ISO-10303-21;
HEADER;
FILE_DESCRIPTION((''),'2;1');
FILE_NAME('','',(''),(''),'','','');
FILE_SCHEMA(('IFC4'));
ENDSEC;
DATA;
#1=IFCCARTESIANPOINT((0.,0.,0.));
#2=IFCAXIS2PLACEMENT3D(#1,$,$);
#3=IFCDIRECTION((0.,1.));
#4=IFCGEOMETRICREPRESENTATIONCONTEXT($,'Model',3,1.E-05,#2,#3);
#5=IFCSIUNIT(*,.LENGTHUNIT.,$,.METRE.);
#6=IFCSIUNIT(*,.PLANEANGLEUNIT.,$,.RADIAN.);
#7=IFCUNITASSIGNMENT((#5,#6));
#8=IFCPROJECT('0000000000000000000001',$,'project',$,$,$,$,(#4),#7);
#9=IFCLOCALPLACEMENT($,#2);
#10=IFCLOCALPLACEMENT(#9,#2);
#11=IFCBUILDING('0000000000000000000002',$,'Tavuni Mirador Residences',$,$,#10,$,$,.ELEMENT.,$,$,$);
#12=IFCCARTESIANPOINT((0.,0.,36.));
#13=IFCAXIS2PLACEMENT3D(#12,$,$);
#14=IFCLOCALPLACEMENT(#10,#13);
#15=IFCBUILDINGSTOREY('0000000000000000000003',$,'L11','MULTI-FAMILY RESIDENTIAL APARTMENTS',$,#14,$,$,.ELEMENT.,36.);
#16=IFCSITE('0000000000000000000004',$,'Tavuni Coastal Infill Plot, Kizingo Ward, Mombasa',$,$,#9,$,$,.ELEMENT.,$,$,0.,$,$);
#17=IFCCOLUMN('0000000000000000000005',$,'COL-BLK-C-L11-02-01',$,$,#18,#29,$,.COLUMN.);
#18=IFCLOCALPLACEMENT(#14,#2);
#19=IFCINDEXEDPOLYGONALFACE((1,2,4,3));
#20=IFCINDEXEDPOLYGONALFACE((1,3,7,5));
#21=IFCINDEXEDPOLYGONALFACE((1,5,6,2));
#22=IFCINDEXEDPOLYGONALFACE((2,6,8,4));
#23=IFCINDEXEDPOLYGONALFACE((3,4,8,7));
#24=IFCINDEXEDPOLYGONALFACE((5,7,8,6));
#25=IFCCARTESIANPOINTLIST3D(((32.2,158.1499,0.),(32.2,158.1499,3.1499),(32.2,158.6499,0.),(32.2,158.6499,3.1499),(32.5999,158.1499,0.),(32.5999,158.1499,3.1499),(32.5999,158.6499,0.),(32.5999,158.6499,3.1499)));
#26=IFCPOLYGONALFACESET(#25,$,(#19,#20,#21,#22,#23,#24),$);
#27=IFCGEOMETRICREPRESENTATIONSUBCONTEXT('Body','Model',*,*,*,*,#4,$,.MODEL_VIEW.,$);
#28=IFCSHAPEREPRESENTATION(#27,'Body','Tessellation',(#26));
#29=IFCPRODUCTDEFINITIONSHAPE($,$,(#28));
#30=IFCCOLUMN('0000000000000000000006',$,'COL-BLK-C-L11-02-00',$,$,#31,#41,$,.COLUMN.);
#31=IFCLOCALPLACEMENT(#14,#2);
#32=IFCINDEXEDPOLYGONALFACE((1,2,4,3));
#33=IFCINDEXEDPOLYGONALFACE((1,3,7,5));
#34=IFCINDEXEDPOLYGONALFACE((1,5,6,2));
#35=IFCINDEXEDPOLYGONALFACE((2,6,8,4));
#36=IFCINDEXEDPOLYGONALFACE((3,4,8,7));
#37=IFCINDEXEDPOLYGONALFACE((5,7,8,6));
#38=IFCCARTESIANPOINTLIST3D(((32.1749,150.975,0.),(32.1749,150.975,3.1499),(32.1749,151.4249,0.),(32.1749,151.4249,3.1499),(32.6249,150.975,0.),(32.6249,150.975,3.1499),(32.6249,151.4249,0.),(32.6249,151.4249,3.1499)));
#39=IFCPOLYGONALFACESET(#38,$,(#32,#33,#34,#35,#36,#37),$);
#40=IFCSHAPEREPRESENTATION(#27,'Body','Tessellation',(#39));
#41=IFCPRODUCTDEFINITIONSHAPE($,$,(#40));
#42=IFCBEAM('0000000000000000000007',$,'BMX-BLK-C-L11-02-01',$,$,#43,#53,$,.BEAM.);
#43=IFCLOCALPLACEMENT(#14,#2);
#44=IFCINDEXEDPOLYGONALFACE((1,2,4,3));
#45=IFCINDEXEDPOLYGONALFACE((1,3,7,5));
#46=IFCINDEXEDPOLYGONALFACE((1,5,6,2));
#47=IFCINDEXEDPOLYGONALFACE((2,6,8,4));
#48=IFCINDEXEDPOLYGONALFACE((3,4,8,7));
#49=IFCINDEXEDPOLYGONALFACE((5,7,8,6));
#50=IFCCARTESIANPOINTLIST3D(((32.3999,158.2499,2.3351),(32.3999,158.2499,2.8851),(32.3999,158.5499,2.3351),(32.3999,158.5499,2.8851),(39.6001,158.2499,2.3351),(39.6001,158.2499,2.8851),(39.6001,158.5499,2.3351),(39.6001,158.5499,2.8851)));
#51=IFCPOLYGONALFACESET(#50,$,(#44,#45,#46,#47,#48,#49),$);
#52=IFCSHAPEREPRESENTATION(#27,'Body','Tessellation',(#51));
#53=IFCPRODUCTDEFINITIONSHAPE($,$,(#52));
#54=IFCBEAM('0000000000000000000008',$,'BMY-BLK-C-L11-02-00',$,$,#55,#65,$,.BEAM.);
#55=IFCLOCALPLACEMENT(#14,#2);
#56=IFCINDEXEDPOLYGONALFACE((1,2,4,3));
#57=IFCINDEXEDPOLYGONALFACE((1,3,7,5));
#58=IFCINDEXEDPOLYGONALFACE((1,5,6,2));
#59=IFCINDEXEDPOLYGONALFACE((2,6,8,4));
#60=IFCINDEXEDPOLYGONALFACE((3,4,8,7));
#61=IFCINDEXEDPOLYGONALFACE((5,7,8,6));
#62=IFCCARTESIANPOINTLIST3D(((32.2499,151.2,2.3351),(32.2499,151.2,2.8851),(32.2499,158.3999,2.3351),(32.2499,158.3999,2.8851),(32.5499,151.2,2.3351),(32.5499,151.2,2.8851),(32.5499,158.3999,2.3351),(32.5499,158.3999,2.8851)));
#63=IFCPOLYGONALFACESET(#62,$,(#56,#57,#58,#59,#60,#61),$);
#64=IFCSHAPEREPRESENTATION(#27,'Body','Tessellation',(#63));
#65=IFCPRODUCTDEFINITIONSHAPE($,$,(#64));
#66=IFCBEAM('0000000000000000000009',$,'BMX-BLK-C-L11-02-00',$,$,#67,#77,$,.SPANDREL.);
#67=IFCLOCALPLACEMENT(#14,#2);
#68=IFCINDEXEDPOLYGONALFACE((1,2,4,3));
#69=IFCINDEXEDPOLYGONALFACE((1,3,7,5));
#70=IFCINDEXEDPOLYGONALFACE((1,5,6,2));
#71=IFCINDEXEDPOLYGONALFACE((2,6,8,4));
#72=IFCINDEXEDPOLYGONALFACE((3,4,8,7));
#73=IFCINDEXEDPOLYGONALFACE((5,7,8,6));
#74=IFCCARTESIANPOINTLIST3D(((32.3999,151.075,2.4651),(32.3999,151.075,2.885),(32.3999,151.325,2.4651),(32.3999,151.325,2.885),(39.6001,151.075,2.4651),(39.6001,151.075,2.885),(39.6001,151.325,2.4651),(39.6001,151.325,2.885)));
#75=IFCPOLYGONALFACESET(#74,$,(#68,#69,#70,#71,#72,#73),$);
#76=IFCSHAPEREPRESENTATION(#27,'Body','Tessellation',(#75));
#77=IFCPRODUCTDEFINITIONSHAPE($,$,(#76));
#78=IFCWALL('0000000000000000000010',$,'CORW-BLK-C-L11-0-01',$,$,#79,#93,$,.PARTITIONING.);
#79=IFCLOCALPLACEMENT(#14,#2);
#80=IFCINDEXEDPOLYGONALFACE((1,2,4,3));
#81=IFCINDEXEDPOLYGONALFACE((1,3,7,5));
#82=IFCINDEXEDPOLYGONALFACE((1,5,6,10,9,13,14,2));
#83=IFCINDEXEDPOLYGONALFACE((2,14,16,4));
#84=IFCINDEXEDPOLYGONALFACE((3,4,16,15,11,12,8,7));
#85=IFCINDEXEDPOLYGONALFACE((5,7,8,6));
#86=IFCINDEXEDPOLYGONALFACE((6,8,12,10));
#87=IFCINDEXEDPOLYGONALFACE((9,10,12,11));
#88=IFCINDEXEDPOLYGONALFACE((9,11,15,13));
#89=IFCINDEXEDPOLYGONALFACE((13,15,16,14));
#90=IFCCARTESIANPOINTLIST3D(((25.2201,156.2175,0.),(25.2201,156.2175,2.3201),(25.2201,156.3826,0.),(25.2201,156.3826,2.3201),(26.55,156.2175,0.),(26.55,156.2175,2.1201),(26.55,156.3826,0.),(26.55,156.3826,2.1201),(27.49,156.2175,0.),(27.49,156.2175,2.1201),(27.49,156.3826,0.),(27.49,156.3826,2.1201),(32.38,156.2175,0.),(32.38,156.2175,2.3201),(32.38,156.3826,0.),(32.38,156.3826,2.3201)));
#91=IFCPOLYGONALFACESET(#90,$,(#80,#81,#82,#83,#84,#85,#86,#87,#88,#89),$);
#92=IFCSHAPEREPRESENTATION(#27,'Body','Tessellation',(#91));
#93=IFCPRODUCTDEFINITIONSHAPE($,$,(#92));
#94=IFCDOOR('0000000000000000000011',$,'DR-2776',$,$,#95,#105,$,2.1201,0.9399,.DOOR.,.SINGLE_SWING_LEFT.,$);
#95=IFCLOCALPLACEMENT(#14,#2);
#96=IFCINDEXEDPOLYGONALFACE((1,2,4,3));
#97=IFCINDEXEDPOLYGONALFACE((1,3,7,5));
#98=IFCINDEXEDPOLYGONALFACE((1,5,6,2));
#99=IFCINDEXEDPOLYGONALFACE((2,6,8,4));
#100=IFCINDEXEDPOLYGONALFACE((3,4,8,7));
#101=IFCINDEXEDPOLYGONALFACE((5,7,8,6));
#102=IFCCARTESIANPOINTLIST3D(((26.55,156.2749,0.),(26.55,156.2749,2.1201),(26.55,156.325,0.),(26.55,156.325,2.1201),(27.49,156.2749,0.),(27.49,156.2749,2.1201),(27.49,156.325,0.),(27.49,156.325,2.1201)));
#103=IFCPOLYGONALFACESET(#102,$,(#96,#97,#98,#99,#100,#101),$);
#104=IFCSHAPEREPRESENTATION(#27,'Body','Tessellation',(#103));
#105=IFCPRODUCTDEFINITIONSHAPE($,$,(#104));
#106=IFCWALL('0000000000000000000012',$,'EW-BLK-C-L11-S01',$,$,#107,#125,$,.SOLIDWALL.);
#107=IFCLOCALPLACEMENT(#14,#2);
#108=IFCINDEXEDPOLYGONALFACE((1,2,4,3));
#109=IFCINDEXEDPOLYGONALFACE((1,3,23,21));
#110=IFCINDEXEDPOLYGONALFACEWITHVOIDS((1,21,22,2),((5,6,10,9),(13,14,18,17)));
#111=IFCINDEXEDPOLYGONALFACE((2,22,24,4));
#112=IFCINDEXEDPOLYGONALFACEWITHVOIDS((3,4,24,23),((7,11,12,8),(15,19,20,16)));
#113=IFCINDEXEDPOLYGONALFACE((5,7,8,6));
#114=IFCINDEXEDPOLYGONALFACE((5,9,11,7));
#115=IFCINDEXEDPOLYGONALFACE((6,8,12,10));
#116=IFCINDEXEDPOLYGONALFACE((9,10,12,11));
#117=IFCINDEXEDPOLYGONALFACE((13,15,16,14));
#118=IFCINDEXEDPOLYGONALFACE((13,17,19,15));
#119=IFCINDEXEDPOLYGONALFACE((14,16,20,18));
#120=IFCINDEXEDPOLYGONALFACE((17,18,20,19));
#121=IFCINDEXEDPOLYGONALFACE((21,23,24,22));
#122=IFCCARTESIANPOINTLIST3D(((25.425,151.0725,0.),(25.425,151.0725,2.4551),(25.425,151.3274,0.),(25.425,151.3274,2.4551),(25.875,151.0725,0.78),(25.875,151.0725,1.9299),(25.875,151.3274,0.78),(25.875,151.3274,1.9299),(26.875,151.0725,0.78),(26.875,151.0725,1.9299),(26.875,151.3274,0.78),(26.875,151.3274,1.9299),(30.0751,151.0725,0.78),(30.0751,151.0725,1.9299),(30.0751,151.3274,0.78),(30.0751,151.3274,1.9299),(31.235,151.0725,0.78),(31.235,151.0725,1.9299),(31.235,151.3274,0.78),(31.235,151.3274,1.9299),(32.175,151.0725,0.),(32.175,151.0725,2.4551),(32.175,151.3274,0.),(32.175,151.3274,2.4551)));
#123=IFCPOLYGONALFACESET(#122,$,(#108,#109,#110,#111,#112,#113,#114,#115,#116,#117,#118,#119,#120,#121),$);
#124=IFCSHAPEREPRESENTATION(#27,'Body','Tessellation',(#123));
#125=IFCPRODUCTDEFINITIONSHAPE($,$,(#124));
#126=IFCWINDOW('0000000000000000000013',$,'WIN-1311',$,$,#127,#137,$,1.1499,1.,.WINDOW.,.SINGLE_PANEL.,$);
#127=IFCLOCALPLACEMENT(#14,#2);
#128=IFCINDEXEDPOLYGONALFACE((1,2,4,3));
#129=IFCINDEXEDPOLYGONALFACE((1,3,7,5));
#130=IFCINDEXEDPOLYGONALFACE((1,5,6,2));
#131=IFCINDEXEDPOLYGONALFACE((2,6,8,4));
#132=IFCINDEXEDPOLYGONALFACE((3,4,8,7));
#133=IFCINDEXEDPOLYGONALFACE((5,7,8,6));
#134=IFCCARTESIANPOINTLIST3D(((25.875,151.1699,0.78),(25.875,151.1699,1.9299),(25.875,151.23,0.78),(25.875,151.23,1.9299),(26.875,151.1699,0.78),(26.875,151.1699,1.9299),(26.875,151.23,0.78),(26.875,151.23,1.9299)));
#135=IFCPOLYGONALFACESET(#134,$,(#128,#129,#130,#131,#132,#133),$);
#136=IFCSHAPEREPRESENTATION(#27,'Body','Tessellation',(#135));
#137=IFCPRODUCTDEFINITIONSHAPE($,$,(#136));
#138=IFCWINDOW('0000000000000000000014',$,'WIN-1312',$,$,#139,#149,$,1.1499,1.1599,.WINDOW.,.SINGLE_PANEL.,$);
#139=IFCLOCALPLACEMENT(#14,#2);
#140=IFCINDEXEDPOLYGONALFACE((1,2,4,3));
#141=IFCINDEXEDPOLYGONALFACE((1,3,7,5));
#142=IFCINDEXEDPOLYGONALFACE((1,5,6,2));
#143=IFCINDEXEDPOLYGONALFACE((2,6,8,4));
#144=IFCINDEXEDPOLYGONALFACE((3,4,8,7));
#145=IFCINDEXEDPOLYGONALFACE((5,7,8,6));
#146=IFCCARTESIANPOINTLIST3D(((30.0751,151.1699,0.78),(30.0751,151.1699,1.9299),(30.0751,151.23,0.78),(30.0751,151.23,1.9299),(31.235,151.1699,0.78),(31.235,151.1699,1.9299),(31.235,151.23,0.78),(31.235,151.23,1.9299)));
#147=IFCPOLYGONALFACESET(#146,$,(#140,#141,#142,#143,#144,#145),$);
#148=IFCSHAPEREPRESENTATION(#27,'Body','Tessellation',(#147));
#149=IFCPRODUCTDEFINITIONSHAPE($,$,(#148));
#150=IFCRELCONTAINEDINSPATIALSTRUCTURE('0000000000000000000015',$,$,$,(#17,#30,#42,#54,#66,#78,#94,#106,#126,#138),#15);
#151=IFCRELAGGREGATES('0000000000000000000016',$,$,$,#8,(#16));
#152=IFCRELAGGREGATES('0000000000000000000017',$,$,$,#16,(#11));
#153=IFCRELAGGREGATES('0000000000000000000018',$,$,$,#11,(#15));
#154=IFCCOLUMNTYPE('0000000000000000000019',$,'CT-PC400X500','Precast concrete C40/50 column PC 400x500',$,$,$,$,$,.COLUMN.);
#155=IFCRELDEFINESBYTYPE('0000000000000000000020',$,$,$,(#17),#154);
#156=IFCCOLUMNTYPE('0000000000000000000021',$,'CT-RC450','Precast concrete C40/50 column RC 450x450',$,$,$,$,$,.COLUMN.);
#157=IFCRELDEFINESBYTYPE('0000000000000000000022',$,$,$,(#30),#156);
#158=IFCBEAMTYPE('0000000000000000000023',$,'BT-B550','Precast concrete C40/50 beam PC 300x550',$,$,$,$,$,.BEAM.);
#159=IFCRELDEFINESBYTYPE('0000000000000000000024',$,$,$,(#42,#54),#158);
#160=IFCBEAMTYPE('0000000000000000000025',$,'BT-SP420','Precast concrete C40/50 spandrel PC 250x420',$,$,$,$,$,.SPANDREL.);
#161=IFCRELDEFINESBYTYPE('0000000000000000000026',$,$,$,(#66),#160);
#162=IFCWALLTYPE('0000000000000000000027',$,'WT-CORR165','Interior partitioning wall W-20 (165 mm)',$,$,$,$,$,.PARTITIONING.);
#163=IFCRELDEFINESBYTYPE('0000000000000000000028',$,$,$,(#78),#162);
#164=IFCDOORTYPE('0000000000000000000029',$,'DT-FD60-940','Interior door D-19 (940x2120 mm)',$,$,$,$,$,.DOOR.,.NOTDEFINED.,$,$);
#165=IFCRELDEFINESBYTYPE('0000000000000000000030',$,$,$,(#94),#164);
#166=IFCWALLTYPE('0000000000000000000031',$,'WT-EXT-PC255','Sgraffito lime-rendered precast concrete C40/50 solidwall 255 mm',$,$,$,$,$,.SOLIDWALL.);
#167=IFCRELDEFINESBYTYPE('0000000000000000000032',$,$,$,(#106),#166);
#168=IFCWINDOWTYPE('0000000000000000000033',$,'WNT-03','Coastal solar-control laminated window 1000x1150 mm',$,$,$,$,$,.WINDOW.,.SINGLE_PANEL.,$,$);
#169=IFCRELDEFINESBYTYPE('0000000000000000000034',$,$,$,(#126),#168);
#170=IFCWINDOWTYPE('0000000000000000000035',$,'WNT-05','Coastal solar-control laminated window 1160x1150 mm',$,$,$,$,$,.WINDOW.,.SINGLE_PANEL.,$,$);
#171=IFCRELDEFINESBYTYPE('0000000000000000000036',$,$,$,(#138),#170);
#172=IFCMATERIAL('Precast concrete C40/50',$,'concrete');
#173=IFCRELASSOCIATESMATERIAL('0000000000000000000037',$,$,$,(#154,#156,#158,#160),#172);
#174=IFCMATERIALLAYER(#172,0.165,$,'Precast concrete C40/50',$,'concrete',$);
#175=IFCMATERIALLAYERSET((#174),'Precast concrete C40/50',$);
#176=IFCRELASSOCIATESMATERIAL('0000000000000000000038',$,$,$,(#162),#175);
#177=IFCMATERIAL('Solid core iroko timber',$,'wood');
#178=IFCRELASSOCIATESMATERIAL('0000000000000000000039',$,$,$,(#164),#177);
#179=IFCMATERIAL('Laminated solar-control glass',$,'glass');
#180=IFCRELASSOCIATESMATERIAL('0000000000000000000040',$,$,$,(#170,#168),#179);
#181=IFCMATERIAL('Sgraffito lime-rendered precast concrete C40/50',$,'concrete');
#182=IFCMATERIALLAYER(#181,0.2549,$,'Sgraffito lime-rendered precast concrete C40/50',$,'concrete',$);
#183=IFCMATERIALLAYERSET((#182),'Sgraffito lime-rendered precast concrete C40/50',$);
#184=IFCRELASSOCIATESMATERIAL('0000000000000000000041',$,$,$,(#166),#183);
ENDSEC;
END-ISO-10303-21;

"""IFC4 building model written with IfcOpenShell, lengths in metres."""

from ifc_helpers import new_model, si_unit, direction, frame, frame_2d, origin, origin_2d, place, context, subcontext, project, spatial, rectangle, extrude, material, layer, layer_set, material_profile, profile_set, type_object, element, fill, save


model = new_model("IFC4")

# Units and contexts
model_context = context("Model", 3, precision=1e-05, world=origin(), true_north=direction((0.0, 1.0)))
body_context = subcontext(model_context, "Body", "Model", "MODEL_VIEW")
ifc_project = project(units=[si_unit("LENGTHUNIT", "METRE"), si_unit("PLANEANGLEUNIT", "RADIAN")], contexts=[model_context])

# Site, building, storey
site_placement = place(None, origin())
site = spatial("IfcSite", under=ifc_project, at=site_placement, Name="Tavuni Coastal Infill Plot, Kizingo Ward, Mombasa", CompositionType="ELEMENT", RefElevation=0.0)
building_placement = place(site_placement, origin())
building = spatial("IfcBuilding", under=site, at=building_placement, Name="Tavuni Mirador Residences", CompositionType="ELEMENT")
storey_placement = place(building_placement, frame((0.0, 0.0, 36.0)))
storey = spatial("IfcBuildingStorey", under=building, at=storey_placement, Name="L11", Description="MULTI-FAMILY RESIDENTIAL APARTMENTS", CompositionType="ELEMENT", Elevation=36.0)

# Columns
ifc_material_1 = material(Name="Precast concrete C40/50", Category="concrete")
ifc_material_profile_1 = material_profile(ifc_material_1, rectangle(XDim=0.3999, YDim=0.5, at=origin_2d()), Name="PC 400x500", Category="concrete")
ifc_profile_set_1 = profile_set([ifc_material_profile_1], Name="Precast concrete C40/50")
column_type_1 = type_object("IfcColumnType", Name="CT-PC400X500", Description="Precast concrete C40/50 column PC 400x500", PredefinedType="COLUMN", material=ifc_profile_set_1)
column_1_placement = place(storey_placement, frame((32.3999, 158.3999, 0.0), z_axis=(0.0, 0.0, 1.0), x_axis=(1.0, 0.0, 0.0)))
element("IfcColumn", 1, at=column_1_placement, inside=storey, type_object=column_type_1, Name="COL-BLK-C-L11-02-01", PredefinedType="COLUMN", context=body_context, shape_type="SweptSolid", body=[
    extrude(rectangle(XDim=0.3999, YDim=0.5, at=origin_2d()), origin(), (0.0, 0.0, 1.0), 3.1499),
])
ifc_material_profile_2 = material_profile(ifc_material_1, rectangle(XDim=0.45, YDim=0.45, at=origin_2d()), Name="RC 450x450", Category="concrete")
ifc_profile_set_2 = profile_set([ifc_material_profile_2], Name="Precast concrete C40/50")
column_type_2 = type_object("IfcColumnType", Name="CT-RC450", Description="Precast concrete C40/50 column RC 450x450", PredefinedType="COLUMN", material=ifc_profile_set_2)
column_2_placement = place(storey_placement, frame((32.3999, 151.2, 0.0), z_axis=(0.0, 0.0, 1.0), x_axis=(1.0, 0.0, 0.0)))
element("IfcColumn", 2, at=column_2_placement, inside=storey, type_object=column_type_2, Name="COL-BLK-C-L11-02-00", PredefinedType="COLUMN", context=body_context, shape_type="SweptSolid", body=[
    extrude(rectangle(XDim=0.45, YDim=0.45, at=origin_2d()), origin(), (0.0, 0.0, 1.0), 3.1499),
])

# Beams
ifc_material_profile_3 = material_profile(ifc_material_1, rectangle(XDim=0.3, YDim=0.55, at=origin_2d()), Name="PC 300x550", Category="concrete")
ifc_profile_set_3 = profile_set([ifc_material_profile_3], Name="Precast concrete C40/50")
beam_type_1 = type_object("IfcBeamType", Name="BT-B550", Description="Precast concrete C40/50 beam PC 300x550", PredefinedType="BEAM", material=ifc_profile_set_3)
beam_1_placement = place(storey_placement, frame((32.3999, 158.3999, 2.6101), z_axis=(1.0, 0.0, 0.0), x_axis=(0.0, 1.0, 0.0)))
element("IfcBeam", 3, at=beam_1_placement, inside=storey, type_object=beam_type_1, Name="BMX-BLK-C-L11-02-01", PredefinedType="BEAM", context=body_context, shape_type="SweptSolid", body=[
    extrude(rectangle(XDim=0.3, YDim=0.55, at=origin_2d()), origin(), (0.0, 0.0, 1.0), 7.2002),
])
beam_2_placement = place(storey_placement, frame((32.3999, 151.2, 2.6101), z_axis=(0.0, 1.0, 0.0), x_axis=(-1.0, 0.0, 0.0)))
element("IfcBeam", 4, at=beam_2_placement, inside=storey, type_object=beam_type_1, Name="BMY-BLK-C-L11-02-00", PredefinedType="BEAM", context=body_context, shape_type="SweptSolid", body=[
    extrude(rectangle(XDim=0.3, YDim=0.55, at=origin_2d()), origin(), (0.0, 0.0, 1.0), 7.2),
])
ifc_material_profile_4 = material_profile(ifc_material_1, rectangle(XDim=0.25, YDim=0.4199, at=origin_2d()), Name="PC 250x420", Category="concrete")
ifc_profile_set_4 = profile_set([ifc_material_profile_4], Name="Precast concrete C40/50")
beam_type_2 = type_object("IfcBeamType", Name="BT-SP420", Description="Precast concrete C40/50 spandrel PC 250x420", PredefinedType="SPANDREL", material=ifc_profile_set_4)
beam_3_placement = place(storey_placement, frame((32.3999, 151.2, 2.675), z_axis=(1.0, 0.0, 0.0), x_axis=(0.0, 1.0, 0.0)))
element("IfcBeam", 5, at=beam_3_placement, inside=storey, type_object=beam_type_2, Name="BMX-BLK-C-L11-02-00", PredefinedType="SPANDREL", context=body_context, shape_type="SweptSolid", body=[
    extrude(rectangle(XDim=0.25, YDim=0.4199, at=origin_2d()), origin(), (0.0, 0.0, 1.0), 7.2002),
])

# Wall, opening, door
ifc_material_2 = material(Name="Solid core iroko timber", Category="wood")
ifc_layer_1 = layer(ifc_material_1, 0.165, Name="Precast concrete C40/50", Category="concrete")
ifc_layer_set_1 = layer_set([ifc_layer_1], Name="Precast concrete C40/50")
wall_type_1 = type_object("IfcWallType", Name="WT-CORR165", Description="Interior partitioning wall W-20 (165 mm)", PredefinedType="PARTITIONING", material=ifc_layer_set_1)
wall_1_placement = place(storey_placement, frame((25.22, 156.3, 0.0), z_axis=(0.0, 0.0, 1.0), x_axis=(1.0, 0.0, 0.0)))
wall_1 = element("IfcWall", 6, at=wall_1_placement, inside=storey, type_object=wall_type_1, Name="CORW-BLK-C-L11-0-01", PredefinedType="PARTITIONING", context=body_context, shape_type="SweptSolid", body=[
    extrude(rectangle(XDim=7.1599, YDim=0.165, at=frame_2d((3.5801, 0.0))), origin(), (0.0, 0.0, 1.0), 2.3201),
])
opening_1_placement = place(wall_1_placement, frame((1.3301, 0.0, 0.0)))
opening_1 = element("IfcOpeningElement", 7, at=opening_1_placement, cuts=wall_1, PredefinedType="OPENING", context=body_context, shape_type="SweptSolid", body=[
    extrude(rectangle(XDim=0.9399, YDim=2.1201, at=frame_2d((0.47, 1.0601))), frame((0.0, 0.0925, 0.0), z_axis=(0.0, -1.0, 0.0), x_axis=(1.0, 0.0, 0.0)), (0.0, 0.0, 1.0), 0.1851),
])
door_type_1 = type_object("IfcDoorType", Name="DT-FD60-940", Description="Interior door D-19 (940x2120 mm)", OperationType="NOTDEFINED", PredefinedType="DOOR", material=ifc_material_2)
door_1_placement = place(opening_1_placement, origin())
door_1 = element("IfcDoor", 8, at=door_1_placement, inside=storey, type_object=door_type_1, Name="DR-2776", OperationType="SINGLE_SWING_LEFT", OverallHeight=2.1201, OverallWidth=0.9399, PredefinedType="DOOR", context=body_context, shape_type="SweptSolid", body=[
    extrude(rectangle(XDim=0.9399, YDim=2.1201, at=frame_2d((0.47, 1.0601))), frame((0.0, 0.0249, 0.0), z_axis=(0.0, -1.0, 0.0), x_axis=(1.0, 0.0, 0.0)), (0.0, 0.0, 1.0), 0.05),
])
fill(opening_1, door_1)

# Shared definitions
ifc_material_3 = material(Name="Sgraffito lime-rendered precast concrete C40/50", Category="concrete")
ifc_material_4 = material(Name="Laminated solar-control glass", Category="glass")
window_type_1 = type_object("IfcWindowType", Name="WNT-05", Description="Coastal solar-control laminated window 1160x1150 mm", PartitioningType="SINGLE_PANEL", PredefinedType="WINDOW", material=ifc_material_4)

# Wall, openings, windows
ifc_layer_2 = layer(ifc_material_3, 0.2549, Name="Sgraffito lime-rendered precast concrete C40/50", Category="concrete")
ifc_layer_set_2 = layer_set([ifc_layer_2], Name="Sgraffito lime-rendered precast concrete C40/50")
wall_type_2 = type_object("IfcWallType", Name="WT-EXT-PC255", Description="Sgraffito lime-rendered precast concrete C40/50 solidwall 255 mm", PredefinedType="SOLIDWALL", material=ifc_layer_set_2)
wall_2_placement = place(storey_placement, frame((25.425, 151.2, 0.0), z_axis=(0.0, 0.0, 1.0), x_axis=(1.0, 0.0, 0.0)))
wall_2 = element("IfcWall", 9, at=wall_2_placement, inside=storey, type_object=wall_type_2, Name="EW-BLK-C-L11-S01", PredefinedType="SOLIDWALL", context=body_context, shape_type="SweptSolid", body=[
    extrude(rectangle(XDim=6.75, YDim=0.2549, at=frame_2d((3.375, 0.0))), origin(), (0.0, 0.0, 1.0), 2.4551),
])
opening_2_placement = place(wall_2_placement, frame((0.45, 0.0, 0.78)))
opening_2 = element("IfcOpeningElement", 10, at=opening_2_placement, cuts=wall_2, PredefinedType="OPENING", context=body_context, shape_type="SweptSolid", body=[
    extrude(rectangle(XDim=1.0, YDim=1.1499, at=frame_2d((0.5, 0.575))), frame((0.0, 0.1375, 0.0), z_axis=(0.0, -1.0, 0.0), x_axis=(1.0, 0.0, 0.0)), (0.0, 0.0, 1.0), 0.2749),
])
opening_3_placement = place(wall_2_placement, frame((4.6499, 0.0, 0.78)))
opening_3 = element("IfcOpeningElement", 11, at=opening_3_placement, cuts=wall_2, PredefinedType="OPENING", context=body_context, shape_type="SweptSolid", body=[
    extrude(rectangle(XDim=1.1599, YDim=1.1499, at=frame_2d((0.5801, 0.575))), frame((0.0, 0.1375, 0.0), z_axis=(0.0, -1.0, 0.0), x_axis=(1.0, 0.0, 0.0)), (0.0, 0.0, 1.0), 0.2749),
])
window_type_2 = type_object("IfcWindowType", Name="WNT-03", Description="Coastal solar-control laminated window 1000x1150 mm", PartitioningType="SINGLE_PANEL", PredefinedType="WINDOW", material=ifc_material_4)
window_1_placement = place(opening_2_placement, origin())
window_1 = element("IfcWindow", 12, at=window_1_placement, inside=storey, type_object=window_type_2, Name="WIN-1311", OverallHeight=1.1499, OverallWidth=1.0, PartitioningType="SINGLE_PANEL", PredefinedType="WINDOW", context=body_context, shape_type="SweptSolid", body=[
    extrude(rectangle(XDim=1.0, YDim=1.1499, at=frame_2d((0.5, 0.575))), frame((0.0, 0.03, 0.0), z_axis=(0.0, -1.0, 0.0), x_axis=(1.0, 0.0, 0.0)), (0.0, 0.0, 1.0), 0.0601),
])
fill(opening_2, window_1)
window_2_placement = place(opening_3_placement, origin())
window_2 = element("IfcWindow", 13, at=window_2_placement, inside=storey, type_object=window_type_1, Name="WIN-1312", OverallHeight=1.1499, OverallWidth=1.1599, PartitioningType="SINGLE_PANEL", PredefinedType="WINDOW", context=body_context, shape_type="SweptSolid", body=[
    extrude(rectangle(XDim=1.1599, YDim=1.1499, at=frame_2d((0.5801, 0.575))), frame((0.0, 0.03, 0.0), z_axis=(0.0, -1.0, 0.0), x_axis=(1.0, 0.0, 0.0)), (0.0, 0.0, 1.0), 0.0601),
])
fill(opening_3, window_2)

save(model, "model.ifc")
